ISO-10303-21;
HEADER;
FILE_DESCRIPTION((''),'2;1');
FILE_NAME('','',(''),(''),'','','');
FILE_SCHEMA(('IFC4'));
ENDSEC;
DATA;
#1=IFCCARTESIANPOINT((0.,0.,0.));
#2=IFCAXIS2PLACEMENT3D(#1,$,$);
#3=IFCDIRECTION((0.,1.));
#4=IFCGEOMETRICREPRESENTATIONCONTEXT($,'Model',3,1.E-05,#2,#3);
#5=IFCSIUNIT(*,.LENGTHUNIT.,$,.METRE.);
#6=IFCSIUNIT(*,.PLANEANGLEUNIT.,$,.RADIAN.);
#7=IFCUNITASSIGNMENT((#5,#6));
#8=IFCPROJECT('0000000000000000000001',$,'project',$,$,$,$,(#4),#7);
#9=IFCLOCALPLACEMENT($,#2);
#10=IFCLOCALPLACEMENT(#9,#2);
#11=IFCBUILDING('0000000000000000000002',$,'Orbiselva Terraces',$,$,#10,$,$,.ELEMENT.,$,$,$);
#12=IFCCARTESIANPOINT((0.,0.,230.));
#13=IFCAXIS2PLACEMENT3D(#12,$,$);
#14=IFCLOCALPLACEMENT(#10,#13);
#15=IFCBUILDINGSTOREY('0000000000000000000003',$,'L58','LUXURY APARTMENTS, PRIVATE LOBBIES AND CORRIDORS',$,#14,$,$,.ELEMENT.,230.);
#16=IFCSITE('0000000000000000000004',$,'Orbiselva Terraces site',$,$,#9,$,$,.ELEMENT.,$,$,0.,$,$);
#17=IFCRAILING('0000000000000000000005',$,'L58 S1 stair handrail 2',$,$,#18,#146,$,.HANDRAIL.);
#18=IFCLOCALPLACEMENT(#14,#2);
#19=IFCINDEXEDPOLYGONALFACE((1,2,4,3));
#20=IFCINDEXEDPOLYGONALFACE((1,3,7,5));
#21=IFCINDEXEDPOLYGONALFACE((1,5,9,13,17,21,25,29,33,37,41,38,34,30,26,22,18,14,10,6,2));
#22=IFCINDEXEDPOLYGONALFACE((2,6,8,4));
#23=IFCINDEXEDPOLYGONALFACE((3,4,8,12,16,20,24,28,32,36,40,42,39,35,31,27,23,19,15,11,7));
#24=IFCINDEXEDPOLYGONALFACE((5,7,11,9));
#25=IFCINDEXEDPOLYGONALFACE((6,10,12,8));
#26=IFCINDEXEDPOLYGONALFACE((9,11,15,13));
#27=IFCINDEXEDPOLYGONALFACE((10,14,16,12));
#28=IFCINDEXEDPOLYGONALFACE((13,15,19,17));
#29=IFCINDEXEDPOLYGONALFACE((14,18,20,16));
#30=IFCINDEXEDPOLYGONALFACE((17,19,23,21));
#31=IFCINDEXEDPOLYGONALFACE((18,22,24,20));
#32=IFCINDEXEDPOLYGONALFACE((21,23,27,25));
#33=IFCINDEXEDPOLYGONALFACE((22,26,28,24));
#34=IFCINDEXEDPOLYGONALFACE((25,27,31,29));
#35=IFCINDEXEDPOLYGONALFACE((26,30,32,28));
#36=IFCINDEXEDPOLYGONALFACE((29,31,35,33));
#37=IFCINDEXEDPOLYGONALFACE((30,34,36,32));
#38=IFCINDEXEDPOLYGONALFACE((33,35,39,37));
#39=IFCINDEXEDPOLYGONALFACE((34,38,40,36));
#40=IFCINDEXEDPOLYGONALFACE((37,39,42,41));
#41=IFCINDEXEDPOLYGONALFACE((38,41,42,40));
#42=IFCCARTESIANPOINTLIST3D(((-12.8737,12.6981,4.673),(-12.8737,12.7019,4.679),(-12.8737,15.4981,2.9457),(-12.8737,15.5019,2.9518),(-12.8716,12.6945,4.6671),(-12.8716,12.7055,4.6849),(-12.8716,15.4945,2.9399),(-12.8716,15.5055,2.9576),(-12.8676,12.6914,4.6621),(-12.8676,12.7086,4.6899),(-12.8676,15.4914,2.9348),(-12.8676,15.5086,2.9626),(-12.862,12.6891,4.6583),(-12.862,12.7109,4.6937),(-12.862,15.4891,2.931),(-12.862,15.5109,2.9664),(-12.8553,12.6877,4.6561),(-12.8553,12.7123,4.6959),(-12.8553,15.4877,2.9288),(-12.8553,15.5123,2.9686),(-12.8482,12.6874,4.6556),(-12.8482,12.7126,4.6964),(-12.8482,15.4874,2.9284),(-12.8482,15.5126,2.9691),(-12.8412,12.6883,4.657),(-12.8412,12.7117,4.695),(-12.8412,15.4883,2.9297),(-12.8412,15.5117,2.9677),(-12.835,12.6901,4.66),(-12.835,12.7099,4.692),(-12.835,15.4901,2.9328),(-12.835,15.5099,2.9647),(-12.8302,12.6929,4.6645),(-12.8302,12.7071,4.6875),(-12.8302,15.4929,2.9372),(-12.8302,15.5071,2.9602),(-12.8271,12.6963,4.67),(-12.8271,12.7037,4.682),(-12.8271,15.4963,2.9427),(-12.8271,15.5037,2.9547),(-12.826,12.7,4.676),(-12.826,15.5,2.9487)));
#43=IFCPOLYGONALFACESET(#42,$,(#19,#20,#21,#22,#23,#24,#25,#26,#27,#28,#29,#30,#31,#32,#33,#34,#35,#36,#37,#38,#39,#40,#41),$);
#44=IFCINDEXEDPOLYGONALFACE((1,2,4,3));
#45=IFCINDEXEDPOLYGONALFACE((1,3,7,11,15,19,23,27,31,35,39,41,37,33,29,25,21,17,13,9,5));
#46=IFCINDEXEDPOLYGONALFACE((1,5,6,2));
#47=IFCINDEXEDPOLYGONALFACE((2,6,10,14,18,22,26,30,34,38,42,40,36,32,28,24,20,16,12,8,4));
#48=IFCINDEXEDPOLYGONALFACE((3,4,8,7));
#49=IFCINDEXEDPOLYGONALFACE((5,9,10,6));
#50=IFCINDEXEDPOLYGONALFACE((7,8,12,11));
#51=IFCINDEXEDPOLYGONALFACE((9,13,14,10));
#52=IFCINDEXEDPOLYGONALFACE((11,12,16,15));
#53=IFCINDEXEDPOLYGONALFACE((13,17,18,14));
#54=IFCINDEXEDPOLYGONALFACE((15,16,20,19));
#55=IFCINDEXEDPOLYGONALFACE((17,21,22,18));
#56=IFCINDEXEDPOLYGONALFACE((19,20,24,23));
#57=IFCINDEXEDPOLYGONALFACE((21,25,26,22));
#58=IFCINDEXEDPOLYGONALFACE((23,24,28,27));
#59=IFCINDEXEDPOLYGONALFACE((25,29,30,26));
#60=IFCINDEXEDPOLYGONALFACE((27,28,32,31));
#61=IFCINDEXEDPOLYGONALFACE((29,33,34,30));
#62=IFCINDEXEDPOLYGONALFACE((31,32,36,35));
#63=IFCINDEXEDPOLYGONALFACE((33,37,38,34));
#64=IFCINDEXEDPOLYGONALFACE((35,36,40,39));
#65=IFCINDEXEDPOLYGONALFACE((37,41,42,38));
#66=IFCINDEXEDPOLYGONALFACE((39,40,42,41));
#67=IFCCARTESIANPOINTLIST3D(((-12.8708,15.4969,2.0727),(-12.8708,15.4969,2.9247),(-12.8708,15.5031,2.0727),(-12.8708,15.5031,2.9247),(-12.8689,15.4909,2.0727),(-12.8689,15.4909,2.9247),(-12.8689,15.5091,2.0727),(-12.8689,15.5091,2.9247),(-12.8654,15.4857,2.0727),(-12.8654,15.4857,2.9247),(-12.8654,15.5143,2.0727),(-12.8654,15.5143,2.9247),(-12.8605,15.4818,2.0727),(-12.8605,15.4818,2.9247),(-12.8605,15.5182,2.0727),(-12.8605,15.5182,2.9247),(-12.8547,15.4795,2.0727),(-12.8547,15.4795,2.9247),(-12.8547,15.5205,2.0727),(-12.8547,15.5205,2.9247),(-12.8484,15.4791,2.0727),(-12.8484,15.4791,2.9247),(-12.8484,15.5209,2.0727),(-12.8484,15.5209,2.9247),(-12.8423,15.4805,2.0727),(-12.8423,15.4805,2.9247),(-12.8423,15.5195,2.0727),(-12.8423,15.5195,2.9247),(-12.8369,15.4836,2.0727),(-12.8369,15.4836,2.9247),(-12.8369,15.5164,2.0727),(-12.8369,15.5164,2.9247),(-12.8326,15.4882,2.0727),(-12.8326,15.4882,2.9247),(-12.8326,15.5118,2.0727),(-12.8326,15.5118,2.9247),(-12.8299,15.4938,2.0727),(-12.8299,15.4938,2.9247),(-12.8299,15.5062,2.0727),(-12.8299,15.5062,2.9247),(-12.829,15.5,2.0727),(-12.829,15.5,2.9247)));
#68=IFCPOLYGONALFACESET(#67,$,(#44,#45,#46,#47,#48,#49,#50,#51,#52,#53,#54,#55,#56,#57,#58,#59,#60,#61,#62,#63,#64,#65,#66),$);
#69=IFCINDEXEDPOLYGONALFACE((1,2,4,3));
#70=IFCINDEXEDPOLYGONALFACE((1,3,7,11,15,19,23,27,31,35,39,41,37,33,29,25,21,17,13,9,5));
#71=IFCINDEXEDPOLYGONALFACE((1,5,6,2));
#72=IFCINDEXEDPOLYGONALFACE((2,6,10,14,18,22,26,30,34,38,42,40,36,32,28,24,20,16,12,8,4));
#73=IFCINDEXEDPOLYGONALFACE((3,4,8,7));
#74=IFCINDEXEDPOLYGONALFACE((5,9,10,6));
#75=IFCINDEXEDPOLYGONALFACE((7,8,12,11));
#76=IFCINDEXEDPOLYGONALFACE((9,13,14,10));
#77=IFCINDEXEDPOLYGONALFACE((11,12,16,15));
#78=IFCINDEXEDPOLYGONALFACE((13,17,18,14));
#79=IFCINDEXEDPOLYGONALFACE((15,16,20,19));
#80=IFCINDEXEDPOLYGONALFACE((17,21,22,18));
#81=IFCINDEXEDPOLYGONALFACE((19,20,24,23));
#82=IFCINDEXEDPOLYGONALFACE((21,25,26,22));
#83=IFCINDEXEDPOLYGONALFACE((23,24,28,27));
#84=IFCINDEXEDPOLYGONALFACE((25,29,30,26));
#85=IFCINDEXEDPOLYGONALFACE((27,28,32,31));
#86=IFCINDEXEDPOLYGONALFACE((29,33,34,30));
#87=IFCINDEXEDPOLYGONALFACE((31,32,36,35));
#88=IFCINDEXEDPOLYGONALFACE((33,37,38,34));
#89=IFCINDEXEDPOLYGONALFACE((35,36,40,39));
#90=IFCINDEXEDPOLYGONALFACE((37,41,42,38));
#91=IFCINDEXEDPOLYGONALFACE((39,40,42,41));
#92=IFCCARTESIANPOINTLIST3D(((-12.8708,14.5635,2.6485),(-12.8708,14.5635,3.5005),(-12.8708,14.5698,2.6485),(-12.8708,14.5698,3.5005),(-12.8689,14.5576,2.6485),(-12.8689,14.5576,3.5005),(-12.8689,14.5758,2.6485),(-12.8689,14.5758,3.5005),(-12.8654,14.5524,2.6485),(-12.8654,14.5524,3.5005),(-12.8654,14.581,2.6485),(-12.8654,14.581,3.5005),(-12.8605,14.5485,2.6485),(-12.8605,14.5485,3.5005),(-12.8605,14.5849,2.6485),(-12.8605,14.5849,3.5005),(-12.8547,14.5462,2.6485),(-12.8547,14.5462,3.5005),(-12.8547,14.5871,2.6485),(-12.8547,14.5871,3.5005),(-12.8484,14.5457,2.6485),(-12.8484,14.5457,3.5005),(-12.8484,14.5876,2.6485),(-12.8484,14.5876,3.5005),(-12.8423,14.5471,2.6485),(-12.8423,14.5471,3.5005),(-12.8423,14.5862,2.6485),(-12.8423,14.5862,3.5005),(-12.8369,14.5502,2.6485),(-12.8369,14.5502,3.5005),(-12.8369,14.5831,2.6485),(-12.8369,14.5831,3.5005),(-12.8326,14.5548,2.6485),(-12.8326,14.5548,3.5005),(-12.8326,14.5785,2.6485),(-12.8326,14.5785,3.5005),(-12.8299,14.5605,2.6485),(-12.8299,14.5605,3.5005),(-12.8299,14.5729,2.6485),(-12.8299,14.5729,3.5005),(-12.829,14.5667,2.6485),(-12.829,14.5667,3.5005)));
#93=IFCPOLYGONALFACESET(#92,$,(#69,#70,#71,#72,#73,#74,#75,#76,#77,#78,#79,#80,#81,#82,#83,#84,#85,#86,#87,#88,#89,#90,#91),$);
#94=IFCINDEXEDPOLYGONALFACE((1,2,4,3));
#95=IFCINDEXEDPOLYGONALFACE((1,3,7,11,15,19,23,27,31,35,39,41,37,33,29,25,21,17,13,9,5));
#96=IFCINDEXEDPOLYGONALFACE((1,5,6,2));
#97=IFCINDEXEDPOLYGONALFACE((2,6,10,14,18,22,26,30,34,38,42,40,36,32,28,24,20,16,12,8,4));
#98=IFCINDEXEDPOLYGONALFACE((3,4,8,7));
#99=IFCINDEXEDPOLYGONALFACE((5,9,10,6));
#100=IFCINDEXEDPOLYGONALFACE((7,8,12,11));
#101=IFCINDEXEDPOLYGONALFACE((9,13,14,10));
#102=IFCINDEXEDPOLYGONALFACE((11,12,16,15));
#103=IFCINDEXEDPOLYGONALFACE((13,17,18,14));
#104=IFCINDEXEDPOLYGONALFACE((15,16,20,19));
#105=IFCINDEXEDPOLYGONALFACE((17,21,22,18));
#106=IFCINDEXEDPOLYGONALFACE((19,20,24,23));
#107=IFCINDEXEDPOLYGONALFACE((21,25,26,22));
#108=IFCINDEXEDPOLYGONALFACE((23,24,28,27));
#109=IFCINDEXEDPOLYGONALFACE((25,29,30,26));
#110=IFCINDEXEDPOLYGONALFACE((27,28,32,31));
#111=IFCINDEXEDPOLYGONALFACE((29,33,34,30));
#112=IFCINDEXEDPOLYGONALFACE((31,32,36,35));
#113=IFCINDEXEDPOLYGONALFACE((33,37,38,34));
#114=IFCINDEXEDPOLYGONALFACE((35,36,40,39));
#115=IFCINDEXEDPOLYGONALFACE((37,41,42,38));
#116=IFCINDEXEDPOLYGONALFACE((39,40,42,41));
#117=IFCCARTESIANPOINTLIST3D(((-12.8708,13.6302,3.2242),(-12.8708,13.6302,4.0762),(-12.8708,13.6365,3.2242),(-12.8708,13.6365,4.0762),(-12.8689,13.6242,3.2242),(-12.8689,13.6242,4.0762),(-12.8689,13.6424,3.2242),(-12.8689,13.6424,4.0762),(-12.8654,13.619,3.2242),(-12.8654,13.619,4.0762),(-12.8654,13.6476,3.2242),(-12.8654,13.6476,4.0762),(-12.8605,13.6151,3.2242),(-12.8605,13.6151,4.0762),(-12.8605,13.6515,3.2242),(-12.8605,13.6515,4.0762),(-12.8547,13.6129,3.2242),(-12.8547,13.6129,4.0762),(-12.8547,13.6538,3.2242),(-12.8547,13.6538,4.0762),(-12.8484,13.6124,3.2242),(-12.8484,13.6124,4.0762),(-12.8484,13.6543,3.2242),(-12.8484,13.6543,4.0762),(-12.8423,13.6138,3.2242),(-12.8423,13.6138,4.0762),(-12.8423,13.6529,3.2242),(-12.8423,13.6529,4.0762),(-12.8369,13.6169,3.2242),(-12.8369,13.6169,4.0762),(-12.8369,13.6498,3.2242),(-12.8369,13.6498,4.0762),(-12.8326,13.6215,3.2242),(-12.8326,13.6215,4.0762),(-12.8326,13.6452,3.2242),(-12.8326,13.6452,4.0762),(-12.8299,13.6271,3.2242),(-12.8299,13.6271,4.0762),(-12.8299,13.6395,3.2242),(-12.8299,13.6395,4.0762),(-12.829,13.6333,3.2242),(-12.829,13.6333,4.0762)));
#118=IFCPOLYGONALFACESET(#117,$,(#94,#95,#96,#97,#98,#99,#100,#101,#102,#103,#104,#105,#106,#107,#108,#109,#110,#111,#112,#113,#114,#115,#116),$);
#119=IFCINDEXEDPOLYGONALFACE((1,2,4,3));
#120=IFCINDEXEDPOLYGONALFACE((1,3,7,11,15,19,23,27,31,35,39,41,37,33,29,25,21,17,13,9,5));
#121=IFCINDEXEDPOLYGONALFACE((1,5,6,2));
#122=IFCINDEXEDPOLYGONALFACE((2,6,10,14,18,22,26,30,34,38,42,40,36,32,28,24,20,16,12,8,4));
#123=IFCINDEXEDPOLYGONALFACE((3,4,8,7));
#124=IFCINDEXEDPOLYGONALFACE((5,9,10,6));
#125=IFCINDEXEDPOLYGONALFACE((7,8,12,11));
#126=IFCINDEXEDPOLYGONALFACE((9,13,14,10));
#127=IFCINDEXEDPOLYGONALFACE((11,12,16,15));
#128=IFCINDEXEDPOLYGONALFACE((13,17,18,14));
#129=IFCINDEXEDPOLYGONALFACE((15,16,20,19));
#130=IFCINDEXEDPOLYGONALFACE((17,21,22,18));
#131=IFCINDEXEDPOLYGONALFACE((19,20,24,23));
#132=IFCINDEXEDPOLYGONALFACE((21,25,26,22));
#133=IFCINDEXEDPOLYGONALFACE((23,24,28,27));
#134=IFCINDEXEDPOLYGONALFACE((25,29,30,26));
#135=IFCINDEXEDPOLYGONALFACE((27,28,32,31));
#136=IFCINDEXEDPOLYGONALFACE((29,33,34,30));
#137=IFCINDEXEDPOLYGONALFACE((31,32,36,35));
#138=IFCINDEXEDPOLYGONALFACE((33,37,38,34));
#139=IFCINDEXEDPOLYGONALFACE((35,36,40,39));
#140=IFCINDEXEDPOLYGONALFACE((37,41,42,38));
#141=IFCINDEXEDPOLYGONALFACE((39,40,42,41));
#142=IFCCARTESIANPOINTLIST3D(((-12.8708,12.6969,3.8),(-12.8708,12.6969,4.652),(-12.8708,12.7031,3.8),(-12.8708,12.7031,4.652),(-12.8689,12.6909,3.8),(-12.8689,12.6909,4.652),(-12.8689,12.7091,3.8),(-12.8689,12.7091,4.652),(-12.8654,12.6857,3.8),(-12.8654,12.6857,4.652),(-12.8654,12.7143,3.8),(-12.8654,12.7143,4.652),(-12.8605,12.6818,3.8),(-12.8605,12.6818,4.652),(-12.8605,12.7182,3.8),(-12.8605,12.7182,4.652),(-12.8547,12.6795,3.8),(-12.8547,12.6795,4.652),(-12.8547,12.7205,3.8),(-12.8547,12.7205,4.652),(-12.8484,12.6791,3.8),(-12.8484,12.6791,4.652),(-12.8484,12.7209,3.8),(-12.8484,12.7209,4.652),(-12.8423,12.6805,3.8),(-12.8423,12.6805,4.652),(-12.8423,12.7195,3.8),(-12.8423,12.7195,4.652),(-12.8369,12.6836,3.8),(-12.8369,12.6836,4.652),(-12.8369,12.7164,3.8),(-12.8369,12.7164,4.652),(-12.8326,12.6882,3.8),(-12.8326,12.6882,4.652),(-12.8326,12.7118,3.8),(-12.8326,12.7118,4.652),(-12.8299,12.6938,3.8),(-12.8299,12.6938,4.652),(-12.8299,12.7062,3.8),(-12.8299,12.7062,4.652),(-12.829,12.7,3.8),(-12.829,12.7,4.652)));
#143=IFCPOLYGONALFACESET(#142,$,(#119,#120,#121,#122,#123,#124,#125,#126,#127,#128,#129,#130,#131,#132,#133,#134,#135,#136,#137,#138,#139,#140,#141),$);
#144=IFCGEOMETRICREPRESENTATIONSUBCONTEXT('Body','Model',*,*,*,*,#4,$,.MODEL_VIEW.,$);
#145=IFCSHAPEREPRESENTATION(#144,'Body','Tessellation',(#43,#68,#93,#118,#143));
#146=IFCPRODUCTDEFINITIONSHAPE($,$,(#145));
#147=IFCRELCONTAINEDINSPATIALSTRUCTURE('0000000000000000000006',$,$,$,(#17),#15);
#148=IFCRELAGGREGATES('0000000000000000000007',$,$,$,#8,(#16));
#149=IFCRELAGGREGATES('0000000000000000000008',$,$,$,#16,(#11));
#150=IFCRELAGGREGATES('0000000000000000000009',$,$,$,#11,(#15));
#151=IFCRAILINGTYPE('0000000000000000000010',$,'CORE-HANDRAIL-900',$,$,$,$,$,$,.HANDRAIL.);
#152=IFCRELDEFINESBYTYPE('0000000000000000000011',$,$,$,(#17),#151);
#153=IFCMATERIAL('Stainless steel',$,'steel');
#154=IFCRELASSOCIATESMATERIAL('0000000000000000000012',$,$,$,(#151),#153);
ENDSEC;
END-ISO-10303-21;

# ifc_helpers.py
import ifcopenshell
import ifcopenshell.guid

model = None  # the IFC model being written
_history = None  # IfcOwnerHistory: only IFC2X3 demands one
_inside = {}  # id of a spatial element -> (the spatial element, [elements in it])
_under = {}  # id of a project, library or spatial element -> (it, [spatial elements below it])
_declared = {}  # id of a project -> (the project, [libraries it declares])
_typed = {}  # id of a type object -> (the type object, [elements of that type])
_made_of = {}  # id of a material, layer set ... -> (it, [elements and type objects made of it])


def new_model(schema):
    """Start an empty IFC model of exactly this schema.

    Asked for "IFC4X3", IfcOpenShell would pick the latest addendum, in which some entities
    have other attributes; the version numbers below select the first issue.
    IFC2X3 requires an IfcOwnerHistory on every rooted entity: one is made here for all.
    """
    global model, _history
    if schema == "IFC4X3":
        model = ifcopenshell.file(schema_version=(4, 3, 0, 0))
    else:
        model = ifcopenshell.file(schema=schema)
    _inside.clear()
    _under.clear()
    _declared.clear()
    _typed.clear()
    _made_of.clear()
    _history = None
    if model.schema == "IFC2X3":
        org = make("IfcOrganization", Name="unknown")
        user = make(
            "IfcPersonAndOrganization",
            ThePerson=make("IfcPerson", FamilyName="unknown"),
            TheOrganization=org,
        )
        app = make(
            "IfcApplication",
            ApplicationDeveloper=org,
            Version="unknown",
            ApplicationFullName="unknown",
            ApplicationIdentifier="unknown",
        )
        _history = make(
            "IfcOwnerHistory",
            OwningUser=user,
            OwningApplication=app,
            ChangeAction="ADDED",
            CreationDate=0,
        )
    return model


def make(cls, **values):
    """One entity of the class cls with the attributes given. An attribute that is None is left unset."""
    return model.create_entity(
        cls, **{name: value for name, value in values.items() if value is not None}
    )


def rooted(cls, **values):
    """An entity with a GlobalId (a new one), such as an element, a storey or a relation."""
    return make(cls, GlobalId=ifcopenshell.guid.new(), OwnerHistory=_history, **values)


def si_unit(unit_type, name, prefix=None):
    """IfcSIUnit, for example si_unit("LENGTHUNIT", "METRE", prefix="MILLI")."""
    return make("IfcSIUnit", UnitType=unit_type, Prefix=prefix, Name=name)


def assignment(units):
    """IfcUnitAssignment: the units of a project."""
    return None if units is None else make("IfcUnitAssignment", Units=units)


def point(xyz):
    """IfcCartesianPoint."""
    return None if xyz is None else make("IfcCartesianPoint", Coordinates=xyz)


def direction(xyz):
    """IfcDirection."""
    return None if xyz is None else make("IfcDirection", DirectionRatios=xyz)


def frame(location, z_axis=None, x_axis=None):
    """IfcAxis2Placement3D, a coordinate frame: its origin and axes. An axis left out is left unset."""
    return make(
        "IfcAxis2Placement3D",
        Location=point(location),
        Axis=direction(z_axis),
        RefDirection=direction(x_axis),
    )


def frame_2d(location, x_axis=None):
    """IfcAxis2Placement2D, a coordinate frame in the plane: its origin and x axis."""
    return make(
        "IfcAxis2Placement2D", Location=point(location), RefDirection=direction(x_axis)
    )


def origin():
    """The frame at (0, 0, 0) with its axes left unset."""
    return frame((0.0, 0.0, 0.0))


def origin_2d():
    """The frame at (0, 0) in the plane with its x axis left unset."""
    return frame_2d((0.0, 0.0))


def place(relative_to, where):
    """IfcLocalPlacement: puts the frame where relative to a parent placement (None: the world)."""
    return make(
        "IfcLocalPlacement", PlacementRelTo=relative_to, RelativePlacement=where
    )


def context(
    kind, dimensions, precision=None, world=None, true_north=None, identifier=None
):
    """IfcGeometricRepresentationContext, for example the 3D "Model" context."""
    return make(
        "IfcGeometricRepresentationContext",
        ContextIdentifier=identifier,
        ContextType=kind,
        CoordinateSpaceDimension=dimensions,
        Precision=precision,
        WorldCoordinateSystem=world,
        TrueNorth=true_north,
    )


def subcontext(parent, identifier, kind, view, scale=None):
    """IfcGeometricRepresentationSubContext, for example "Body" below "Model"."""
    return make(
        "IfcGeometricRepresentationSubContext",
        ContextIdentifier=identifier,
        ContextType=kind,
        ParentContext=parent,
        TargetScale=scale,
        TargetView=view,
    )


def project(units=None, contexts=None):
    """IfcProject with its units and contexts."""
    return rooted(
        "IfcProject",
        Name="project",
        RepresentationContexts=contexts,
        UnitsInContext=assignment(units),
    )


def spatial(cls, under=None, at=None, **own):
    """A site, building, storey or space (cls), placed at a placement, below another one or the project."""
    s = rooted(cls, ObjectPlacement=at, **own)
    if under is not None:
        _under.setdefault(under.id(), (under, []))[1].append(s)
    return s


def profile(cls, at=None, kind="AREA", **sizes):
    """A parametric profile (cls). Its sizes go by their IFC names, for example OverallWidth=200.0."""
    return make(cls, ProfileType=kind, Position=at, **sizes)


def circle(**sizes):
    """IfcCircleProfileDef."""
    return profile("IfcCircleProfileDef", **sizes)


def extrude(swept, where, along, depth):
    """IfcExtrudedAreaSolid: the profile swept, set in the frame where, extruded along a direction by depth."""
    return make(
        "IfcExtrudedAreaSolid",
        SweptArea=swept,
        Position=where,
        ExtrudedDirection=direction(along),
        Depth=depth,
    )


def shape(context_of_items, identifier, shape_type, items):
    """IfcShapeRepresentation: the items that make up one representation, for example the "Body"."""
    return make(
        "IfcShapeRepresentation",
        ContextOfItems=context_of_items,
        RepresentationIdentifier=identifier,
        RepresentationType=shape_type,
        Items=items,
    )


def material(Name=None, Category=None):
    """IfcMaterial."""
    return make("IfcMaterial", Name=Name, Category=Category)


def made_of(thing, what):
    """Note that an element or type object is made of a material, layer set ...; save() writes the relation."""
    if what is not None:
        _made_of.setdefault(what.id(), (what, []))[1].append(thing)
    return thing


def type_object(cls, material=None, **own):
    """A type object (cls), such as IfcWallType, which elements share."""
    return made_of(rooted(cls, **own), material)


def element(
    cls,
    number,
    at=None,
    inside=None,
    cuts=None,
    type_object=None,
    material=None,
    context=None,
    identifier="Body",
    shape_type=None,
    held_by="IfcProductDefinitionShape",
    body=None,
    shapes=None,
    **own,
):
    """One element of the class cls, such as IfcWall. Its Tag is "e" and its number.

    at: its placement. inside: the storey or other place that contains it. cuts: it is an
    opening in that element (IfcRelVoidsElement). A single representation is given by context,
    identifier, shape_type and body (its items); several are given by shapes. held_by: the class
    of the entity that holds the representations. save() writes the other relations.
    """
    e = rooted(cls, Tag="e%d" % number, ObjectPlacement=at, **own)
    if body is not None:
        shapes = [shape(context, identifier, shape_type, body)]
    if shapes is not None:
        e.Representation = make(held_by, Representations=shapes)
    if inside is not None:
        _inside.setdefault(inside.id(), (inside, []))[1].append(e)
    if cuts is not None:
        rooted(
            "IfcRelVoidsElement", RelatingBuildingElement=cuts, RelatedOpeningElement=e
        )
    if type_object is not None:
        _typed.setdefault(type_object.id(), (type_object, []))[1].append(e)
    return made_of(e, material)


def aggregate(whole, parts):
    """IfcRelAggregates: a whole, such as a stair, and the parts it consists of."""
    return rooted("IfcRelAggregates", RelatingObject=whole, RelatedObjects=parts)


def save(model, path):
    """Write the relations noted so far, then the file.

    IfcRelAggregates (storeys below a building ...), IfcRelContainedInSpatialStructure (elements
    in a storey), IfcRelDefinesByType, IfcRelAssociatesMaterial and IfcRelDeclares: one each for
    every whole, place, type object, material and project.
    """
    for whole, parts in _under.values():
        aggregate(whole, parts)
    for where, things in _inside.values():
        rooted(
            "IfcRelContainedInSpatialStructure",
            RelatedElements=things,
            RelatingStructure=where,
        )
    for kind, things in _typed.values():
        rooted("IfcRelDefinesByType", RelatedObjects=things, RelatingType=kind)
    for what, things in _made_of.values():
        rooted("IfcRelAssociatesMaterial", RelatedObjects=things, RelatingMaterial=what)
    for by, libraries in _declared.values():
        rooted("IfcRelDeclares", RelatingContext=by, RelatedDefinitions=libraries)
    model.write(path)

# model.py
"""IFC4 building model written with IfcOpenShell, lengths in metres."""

from ifc_helpers import new_model, si_unit, direction, frame, origin, origin_2d, place, context, subcontext, project, spatial, circle, extrude, material, type_object, element, save


model = new_model("IFC4")

# Units and contexts
model_context = context("Model", 3, precision=1e-05, world=origin(), true_north=direction((0.0, 1.0)))
body_context = subcontext(model_context, "Body", "Model", "MODEL_VIEW")
ifc_project = project(units=[si_unit("LENGTHUNIT", "METRE"), si_unit("PLANEANGLEUNIT", "RADIAN")], contexts=[model_context])

# Site, building, storey
site_placement = place(None, origin())
site = spatial("IfcSite", under=ifc_project, at=site_placement, Name="Orbiselva Terraces site", CompositionType="ELEMENT", RefElevation=0.0)
building_placement = place(site_placement, origin())
building = spatial("IfcBuilding", under=site, at=building_placement, Name="Orbiselva Terraces", CompositionType="ELEMENT")
storey_placement = place(building_placement, frame((0.0, 0.0, 230.0)))
storey = spatial("IfcBuildingStorey", under=building, at=storey_placement, Name="L58", Description="LUXURY APARTMENTS, PRIVATE LOBBIES AND CORRIDORS", CompositionType="ELEMENT", Elevation=230.0)

# Railing
ifc_material_1 = material(Name="Stainless steel", Category="steel")
railing_type_1 = type_object("IfcRailingType", Name="CORE-HANDRAIL-900", PredefinedType="HANDRAIL", material=ifc_material_1)
railing_1_placement = place(storey_placement, frame((-12.85, 15.5, 2.0727)))
element("IfcRailing", 1, at=railing_1_placement, inside=storey, type_object=railing_type_1, Name="L58 S1 stair handrail 2", PredefinedType="HANDRAIL", context=body_context, shape_type="SweptSolid", body=[
    extrude(circle(Radius=0.024, at=origin_2d()), frame((0.0, 0.0, 0.876), z_axis=(0.0, -0.851089, 0.525022), x_axis=(1.0, 0.0, 0.0)), (0.0, 0.0, 1.0), 3.2899),
    extrude(circle(Radius=0.021, at=origin_2d()), origin(), (0.0, 0.0, 1.0), 0.852),
    extrude(circle(Radius=0.021, at=origin_2d()), frame((0.0, -0.9333, 0.5758)), (0.0, 0.0, 1.0), 0.852),
    extrude(circle(Radius=0.021, at=origin_2d()), frame((0.0, -1.8667, 1.1515)), (0.0, 0.0, 1.0), 0.852),
    extrude(circle(Radius=0.021, at=origin_2d()), frame((0.0, -2.8, 1.7273)), (0.0, 0.0, 1.0), 0.852),
])

save(model, "model.ifc")
